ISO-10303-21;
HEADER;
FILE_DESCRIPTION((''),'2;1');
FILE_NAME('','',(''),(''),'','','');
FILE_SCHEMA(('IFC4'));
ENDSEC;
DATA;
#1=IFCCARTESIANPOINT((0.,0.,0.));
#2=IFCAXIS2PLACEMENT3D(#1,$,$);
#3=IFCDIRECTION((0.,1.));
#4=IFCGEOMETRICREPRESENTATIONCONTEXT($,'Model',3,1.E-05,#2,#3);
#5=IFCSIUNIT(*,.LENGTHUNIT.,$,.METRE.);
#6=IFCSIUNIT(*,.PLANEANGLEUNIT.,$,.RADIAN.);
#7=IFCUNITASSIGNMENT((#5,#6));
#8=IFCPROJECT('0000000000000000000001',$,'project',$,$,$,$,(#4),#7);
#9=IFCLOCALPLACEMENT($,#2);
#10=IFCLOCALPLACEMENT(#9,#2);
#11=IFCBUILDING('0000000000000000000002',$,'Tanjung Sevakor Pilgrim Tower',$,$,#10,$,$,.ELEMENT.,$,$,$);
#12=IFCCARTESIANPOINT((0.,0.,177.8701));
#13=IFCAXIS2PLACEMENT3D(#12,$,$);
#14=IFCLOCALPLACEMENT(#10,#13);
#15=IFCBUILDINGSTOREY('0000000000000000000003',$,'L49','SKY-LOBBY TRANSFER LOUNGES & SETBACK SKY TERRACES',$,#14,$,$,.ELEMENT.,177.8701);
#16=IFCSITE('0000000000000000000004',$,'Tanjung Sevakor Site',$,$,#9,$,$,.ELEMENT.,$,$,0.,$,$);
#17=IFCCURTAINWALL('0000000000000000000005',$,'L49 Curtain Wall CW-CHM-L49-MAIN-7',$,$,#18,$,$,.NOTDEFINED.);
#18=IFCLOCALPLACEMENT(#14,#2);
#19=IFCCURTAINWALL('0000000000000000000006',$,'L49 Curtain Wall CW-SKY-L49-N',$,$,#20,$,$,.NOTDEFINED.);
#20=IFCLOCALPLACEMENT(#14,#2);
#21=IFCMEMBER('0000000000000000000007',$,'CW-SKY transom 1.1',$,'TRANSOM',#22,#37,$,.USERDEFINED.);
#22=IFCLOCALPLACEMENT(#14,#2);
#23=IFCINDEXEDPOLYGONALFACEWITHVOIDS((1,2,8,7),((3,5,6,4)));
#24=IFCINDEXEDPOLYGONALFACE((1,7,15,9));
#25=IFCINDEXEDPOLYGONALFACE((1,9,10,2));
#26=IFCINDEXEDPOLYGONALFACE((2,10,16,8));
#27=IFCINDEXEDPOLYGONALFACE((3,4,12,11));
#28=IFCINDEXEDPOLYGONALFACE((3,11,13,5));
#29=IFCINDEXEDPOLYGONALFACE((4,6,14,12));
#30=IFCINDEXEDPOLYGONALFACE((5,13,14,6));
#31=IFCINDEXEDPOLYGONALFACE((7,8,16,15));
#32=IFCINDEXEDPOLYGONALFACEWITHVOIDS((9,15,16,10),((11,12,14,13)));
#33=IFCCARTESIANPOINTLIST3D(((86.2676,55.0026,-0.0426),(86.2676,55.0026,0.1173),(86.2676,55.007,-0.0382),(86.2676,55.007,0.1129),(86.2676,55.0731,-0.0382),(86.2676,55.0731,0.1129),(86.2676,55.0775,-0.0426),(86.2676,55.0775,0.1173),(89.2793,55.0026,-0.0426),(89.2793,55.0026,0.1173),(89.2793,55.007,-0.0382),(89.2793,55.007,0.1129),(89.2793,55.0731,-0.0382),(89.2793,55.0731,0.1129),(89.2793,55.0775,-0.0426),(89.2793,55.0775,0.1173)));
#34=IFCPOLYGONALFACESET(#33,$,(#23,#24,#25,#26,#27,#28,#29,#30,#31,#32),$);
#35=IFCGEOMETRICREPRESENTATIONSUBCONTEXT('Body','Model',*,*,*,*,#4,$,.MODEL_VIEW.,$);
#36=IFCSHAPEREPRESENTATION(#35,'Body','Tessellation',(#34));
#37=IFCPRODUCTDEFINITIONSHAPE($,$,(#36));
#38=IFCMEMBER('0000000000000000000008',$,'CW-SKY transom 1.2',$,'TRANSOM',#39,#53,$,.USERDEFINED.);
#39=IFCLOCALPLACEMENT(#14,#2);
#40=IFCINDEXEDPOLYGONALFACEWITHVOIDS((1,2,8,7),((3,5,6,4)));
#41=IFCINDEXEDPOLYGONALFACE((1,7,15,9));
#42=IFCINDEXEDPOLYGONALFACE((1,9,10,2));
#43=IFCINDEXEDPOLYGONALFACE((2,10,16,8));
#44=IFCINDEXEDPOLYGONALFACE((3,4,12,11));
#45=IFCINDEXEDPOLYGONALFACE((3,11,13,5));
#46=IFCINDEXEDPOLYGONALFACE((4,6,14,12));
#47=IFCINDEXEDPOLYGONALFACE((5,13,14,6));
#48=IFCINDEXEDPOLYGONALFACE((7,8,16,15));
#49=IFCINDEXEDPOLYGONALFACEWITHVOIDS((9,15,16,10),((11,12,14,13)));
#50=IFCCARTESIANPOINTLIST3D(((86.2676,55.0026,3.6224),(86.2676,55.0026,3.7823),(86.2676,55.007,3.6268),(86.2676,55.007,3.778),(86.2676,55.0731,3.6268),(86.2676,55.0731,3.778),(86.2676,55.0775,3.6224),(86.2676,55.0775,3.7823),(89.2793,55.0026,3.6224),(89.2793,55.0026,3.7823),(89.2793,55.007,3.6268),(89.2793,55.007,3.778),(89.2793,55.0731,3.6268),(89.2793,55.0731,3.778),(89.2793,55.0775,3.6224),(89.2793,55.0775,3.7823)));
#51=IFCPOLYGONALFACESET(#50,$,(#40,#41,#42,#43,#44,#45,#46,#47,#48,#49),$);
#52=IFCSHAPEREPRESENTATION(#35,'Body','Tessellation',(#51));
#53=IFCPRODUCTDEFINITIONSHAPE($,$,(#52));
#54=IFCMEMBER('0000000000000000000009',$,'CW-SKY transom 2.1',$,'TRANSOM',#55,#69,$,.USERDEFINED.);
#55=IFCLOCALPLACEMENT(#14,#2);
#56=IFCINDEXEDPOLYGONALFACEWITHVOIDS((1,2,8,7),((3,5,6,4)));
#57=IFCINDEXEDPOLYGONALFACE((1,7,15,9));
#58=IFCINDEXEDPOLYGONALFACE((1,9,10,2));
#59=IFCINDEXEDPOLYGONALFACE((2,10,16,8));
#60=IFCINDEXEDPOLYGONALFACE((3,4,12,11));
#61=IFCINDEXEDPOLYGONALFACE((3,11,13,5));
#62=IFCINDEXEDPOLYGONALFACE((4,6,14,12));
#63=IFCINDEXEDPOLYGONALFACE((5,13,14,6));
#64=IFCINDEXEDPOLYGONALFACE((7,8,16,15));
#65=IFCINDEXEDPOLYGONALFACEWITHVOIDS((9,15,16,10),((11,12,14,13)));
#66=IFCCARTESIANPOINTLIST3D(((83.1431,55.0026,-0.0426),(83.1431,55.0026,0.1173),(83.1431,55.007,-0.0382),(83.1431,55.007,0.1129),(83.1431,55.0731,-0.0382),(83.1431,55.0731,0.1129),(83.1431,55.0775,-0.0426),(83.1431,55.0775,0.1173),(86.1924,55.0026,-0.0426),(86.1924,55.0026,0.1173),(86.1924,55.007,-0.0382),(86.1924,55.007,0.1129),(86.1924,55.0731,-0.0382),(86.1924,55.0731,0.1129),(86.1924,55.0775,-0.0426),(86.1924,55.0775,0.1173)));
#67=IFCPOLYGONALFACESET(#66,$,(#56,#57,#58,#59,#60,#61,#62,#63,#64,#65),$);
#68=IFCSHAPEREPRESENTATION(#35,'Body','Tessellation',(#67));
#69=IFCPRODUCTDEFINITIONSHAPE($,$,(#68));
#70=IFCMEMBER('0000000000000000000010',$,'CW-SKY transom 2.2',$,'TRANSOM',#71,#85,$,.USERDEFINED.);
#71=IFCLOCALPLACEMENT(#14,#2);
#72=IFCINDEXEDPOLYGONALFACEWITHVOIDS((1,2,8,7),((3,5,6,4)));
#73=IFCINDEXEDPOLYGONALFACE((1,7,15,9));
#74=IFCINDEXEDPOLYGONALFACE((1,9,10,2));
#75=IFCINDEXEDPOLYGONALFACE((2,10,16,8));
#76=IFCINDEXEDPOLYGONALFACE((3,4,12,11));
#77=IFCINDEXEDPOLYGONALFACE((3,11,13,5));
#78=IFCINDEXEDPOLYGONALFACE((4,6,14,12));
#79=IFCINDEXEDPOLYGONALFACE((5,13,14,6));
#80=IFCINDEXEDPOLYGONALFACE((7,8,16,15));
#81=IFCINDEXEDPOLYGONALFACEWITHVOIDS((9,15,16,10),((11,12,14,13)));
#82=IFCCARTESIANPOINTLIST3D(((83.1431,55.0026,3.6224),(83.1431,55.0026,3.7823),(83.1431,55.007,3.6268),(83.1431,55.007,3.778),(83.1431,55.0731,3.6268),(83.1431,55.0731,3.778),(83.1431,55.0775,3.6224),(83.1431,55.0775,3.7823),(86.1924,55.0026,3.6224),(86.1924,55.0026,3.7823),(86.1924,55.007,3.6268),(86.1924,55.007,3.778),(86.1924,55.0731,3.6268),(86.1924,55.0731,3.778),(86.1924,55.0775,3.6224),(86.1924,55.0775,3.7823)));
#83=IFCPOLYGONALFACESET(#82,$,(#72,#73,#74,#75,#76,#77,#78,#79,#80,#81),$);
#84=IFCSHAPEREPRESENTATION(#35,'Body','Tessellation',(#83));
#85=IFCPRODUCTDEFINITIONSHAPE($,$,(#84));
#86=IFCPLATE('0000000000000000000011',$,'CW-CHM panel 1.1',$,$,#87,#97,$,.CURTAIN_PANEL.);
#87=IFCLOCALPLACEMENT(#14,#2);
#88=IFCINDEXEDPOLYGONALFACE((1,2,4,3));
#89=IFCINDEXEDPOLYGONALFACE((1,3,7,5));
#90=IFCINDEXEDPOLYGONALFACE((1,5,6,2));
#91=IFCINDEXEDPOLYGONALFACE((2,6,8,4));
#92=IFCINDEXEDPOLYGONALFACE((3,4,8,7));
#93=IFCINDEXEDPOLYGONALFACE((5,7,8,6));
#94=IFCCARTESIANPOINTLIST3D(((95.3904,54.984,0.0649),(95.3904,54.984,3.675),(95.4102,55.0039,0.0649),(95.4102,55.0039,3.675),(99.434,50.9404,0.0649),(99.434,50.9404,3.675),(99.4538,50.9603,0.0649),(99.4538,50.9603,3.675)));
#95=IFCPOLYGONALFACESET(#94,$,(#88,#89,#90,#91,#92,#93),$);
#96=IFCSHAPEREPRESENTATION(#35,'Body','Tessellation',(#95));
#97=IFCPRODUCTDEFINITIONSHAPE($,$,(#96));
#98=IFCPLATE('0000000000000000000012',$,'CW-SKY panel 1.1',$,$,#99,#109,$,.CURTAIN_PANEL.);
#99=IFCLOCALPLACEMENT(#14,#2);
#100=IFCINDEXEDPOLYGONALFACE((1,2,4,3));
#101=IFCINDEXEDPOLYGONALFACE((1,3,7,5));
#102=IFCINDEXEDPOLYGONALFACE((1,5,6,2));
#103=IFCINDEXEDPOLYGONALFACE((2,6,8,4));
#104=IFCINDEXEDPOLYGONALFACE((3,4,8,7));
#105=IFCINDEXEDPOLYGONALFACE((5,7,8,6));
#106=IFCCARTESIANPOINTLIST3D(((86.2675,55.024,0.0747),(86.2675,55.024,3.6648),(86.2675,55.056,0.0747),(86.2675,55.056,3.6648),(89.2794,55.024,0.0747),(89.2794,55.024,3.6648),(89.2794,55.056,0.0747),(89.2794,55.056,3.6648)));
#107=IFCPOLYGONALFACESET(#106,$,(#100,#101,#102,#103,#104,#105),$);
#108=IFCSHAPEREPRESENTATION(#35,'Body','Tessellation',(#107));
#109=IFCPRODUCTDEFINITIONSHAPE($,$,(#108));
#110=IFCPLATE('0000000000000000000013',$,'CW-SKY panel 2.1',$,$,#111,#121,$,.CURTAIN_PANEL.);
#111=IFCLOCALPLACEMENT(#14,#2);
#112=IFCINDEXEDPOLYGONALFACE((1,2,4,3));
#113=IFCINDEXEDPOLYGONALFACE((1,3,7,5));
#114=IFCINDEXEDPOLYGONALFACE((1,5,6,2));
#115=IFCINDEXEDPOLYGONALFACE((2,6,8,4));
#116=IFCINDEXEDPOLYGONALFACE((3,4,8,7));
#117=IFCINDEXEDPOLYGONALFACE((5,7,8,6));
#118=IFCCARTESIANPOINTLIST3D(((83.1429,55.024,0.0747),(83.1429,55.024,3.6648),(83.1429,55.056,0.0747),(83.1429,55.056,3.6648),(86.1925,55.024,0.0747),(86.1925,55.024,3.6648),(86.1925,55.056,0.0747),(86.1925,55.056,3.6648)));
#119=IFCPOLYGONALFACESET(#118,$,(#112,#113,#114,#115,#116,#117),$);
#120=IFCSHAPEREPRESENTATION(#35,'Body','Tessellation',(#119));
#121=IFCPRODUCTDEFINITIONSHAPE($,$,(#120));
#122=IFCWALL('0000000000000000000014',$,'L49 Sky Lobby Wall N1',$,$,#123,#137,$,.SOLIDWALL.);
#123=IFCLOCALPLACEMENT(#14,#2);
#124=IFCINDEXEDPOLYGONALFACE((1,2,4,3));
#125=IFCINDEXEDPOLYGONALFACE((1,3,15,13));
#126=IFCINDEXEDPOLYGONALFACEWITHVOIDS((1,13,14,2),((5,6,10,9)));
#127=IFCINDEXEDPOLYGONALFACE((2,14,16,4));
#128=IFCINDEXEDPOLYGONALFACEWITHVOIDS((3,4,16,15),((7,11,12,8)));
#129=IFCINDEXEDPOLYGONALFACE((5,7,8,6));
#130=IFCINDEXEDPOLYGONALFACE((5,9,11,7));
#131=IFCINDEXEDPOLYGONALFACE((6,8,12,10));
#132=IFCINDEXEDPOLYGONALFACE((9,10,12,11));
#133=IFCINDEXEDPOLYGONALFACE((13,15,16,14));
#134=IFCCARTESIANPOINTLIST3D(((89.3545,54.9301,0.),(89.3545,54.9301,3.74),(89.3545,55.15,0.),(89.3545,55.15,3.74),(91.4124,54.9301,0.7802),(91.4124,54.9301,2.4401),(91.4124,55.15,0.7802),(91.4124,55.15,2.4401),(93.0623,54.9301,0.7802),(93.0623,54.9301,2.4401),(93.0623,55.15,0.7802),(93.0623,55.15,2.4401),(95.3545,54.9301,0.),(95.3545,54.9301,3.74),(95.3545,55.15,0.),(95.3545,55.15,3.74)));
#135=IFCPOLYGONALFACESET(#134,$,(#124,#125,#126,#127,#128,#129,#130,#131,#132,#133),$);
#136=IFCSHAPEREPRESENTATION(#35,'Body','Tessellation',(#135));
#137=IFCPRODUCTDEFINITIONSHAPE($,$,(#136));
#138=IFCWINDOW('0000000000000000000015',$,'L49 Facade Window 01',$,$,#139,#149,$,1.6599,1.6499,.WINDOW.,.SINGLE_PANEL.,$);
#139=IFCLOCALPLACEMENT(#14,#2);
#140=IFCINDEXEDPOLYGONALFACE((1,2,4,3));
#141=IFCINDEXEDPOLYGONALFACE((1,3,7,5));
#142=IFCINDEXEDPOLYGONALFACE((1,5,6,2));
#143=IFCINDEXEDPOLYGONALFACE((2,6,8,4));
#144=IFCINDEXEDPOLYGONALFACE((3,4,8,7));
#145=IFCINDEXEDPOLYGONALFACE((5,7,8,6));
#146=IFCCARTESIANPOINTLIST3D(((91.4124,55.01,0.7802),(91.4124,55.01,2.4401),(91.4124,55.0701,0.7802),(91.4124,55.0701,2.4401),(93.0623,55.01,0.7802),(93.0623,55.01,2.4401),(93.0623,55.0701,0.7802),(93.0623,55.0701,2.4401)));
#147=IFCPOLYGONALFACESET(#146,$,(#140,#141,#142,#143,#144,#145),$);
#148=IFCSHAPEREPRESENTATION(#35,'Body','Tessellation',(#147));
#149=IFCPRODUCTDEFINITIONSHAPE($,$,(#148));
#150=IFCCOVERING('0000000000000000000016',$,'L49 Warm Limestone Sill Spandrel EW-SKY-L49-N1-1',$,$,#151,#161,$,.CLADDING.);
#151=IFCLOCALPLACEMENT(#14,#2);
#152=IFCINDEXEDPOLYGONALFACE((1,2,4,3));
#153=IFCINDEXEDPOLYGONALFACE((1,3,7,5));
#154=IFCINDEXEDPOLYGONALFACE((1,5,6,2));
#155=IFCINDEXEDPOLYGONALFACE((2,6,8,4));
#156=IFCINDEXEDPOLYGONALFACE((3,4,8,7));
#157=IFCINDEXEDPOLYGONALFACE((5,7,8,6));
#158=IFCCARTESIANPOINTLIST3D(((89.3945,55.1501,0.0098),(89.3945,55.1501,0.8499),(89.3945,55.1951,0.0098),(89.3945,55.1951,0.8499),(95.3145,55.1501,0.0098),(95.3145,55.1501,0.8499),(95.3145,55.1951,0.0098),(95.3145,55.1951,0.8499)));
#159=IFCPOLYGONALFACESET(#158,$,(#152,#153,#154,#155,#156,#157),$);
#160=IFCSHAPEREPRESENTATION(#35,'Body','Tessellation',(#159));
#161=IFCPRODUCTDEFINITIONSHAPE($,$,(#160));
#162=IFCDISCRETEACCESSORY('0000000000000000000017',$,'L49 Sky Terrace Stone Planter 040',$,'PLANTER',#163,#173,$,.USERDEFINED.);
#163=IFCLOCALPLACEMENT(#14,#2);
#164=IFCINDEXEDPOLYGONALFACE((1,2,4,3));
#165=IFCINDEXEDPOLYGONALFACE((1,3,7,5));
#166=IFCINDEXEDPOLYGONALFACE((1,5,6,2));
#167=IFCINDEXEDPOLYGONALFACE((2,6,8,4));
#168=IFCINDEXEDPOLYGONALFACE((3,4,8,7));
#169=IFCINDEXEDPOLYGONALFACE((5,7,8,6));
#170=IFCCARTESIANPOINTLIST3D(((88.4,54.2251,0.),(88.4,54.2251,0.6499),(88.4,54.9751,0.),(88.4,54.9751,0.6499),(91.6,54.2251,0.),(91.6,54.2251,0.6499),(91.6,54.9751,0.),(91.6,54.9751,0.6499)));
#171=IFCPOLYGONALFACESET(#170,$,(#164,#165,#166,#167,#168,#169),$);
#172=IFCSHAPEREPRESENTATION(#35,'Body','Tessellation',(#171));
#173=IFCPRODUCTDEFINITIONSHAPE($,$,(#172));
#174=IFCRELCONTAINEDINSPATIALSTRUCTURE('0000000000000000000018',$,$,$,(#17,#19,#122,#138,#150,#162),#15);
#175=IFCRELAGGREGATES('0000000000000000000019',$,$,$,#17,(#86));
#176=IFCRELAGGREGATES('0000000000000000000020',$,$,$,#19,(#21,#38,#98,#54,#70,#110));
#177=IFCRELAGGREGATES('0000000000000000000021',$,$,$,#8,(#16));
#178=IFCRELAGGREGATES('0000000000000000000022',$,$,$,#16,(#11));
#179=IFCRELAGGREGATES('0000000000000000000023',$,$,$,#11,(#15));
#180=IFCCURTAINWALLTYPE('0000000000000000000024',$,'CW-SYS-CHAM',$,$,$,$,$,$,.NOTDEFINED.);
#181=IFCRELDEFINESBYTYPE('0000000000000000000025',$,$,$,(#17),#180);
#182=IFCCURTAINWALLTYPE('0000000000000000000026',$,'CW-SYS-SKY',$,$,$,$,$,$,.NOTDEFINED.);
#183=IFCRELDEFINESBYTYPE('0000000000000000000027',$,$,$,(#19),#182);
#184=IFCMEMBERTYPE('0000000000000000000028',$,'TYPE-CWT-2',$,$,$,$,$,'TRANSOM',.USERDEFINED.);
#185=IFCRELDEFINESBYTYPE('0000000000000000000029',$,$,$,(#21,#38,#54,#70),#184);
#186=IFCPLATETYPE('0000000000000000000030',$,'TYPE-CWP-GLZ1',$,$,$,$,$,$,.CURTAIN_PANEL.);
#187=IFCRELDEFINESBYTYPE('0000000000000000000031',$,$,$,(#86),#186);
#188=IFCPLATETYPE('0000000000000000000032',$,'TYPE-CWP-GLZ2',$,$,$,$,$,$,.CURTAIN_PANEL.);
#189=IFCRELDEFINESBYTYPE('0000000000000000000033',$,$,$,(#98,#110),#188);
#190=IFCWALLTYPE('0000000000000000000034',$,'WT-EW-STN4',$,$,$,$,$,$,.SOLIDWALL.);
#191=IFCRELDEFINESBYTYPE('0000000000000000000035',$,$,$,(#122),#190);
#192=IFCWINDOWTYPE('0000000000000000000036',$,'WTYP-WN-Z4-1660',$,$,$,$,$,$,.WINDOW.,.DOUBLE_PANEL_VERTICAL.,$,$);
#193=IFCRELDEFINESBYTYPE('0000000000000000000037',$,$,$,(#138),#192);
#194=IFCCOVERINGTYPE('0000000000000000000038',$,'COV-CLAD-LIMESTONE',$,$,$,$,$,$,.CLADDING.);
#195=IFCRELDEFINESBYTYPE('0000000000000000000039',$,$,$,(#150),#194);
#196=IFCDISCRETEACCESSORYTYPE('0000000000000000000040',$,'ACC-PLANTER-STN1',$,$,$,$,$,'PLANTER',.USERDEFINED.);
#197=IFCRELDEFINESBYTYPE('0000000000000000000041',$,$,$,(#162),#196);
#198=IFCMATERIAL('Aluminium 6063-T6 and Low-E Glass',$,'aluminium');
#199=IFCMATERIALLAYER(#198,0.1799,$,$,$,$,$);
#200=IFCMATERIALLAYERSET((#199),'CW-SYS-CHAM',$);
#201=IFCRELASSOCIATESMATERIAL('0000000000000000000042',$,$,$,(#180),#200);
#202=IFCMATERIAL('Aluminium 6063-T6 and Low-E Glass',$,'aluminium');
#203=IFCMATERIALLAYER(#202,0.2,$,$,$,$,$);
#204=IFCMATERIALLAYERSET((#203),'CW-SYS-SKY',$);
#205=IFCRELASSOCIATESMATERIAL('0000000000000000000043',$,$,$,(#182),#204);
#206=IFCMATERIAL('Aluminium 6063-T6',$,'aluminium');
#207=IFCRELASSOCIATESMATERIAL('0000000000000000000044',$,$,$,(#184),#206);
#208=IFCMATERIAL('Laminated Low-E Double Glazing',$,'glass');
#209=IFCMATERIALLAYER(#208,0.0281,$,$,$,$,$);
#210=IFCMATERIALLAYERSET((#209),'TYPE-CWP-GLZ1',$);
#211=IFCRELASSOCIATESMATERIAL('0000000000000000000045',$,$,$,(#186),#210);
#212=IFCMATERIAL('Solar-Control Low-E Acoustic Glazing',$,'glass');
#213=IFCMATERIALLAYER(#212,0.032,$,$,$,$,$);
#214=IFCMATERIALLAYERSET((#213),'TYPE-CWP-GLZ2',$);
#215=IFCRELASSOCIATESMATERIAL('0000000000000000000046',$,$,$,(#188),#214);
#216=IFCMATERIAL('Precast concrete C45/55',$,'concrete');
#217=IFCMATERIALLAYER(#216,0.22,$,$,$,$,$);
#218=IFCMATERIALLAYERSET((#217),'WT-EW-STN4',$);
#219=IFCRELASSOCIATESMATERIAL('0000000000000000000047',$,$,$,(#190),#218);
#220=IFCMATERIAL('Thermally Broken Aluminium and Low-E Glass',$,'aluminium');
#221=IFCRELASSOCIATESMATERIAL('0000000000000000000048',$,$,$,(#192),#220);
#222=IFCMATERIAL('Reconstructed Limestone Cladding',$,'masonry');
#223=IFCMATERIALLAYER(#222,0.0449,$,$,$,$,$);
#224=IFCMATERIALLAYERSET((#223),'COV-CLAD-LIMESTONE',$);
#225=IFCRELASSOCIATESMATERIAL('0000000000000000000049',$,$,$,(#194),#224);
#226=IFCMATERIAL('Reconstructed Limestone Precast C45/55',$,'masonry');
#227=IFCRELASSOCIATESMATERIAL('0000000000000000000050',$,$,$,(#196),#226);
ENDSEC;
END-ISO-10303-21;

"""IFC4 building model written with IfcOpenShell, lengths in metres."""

from ifc_helpers import new_model, si_unit, direction, frame, frame_2d, origin, origin_2d, place, context, subcontext, project, spatial, rectangle, hollow_rectangle, extrude, material, layer, layer_set, material_profile, profile_set, type_object, element, fill, aggregate, save


model = new_model("IFC4")

# Units and contexts
model_context = context("Model", 3, precision=1e-05, world=origin(), true_north=direction((0.0, 1.0)))
body_context = subcontext(model_context, "Body", "Model", "MODEL_VIEW")
ifc_project = project(units=[si_unit("LENGTHUNIT", "METRE"), si_unit("PLANEANGLEUNIT", "RADIAN")], contexts=[model_context])

# Site, building, storey
site_placement = place(None, origin())
site = spatial("IfcSite", under=ifc_project, at=site_placement, Name="Tanjung Sevakor Site", CompositionType="ELEMENT", RefElevation=0.0)
building_placement = place(site_placement, origin())
building = spatial("IfcBuilding", under=site, at=building_placement, Name="Tanjung Sevakor Pilgrim Tower", CompositionType="ELEMENT")
storey_placement = place(building_placement, frame((0.0, 0.0, 177.8701)))
storey = spatial("IfcBuildingStorey", under=building, at=storey_placement, Name="L49", Description="SKY-LOBBY TRANSFER LOUNGES & SETBACK SKY TERRACES", CompositionType="ELEMENT", Elevation=177.8701)

# Curtain walls
ifc_material_1 = material(Name="Aluminium 6063-T6 and Low-E Glass", Category="aluminium")
ifc_layer_1 = layer(ifc_material_1, 0.1799)
ifc_layer_set_1 = layer_set([ifc_layer_1], Name="CW-SYS-CHAM")
curtain_wall_type_1 = type_object("IfcCurtainWallType", Name="CW-SYS-CHAM", PredefinedType="NOTDEFINED", material=ifc_layer_set_1)
curtain_wall_1_placement = place(storey_placement, origin())
curtain_wall_1 = element("IfcCurtainWall", 1, at=curtain_wall_1_placement, inside=storey, type_object=curtain_wall_type_1, Name="L49 Curtain Wall CW-CHM-L49-MAIN-7", PredefinedType="NOTDEFINED")
ifc_material_2 = material(Name="Aluminium 6063-T6 and Low-E Glass", Category="aluminium")
ifc_layer_2 = layer(ifc_material_2, 0.2)
ifc_layer_set_2 = layer_set([ifc_layer_2], Name="CW-SYS-SKY")
curtain_wall_type_2 = type_object("IfcCurtainWallType", Name="CW-SYS-SKY", PredefinedType="NOTDEFINED", material=ifc_layer_set_2)
curtain_wall_2_placement = place(storey_placement, origin())
curtain_wall_2 = element("IfcCurtainWall", 2, at=curtain_wall_2_placement, inside=storey, type_object=curtain_wall_type_2, Name="L49 Curtain Wall CW-SKY-L49-N", PredefinedType="NOTDEFINED")

# Members
ifc_material_3 = material(Name="Aluminium 6063-T6", Category="aluminium")
ifc_material_profile_1 = material_profile(ifc_material_3, hollow_rectangle(XDim=0.075, YDim=0.1599, WallThickness=0.0044, at=origin_2d()))
ifc_profile_set_1 = profile_set([ifc_material_profile_1], Name="Aluminium 6063-T6")
member_type_1 = type_object("IfcMemberType", Name="TYPE-CWT-2", ElementType="TRANSOM", PredefinedType="USERDEFINED", material=ifc_profile_set_1)
member_1_placement = place(storey_placement, frame((89.2793, 55.04, 0.0374), z_axis=(-1.0, 0.0, 0.0), x_axis=(0.0, -1.0, 0.0)))
member_1 = element("IfcMember", 3, at=member_1_placement, type_object=member_type_1, Name="CW-SKY transom 1.1", ObjectType="TRANSOM", PredefinedType="USERDEFINED", context=body_context, shape_type="SweptSolid", body=[
    extrude(hollow_rectangle(XDim=0.075, YDim=0.1599, WallThickness=0.0044, at=origin_2d()), origin(), (0.0, 0.0, 1.0), 3.0117),
])
member_2_placement = place(storey_placement, frame((89.2793, 55.04, 3.7024), z_axis=(-1.0, 0.0, 0.0), x_axis=(0.0, -1.0, 0.0)))
member_2 = element("IfcMember", 4, at=member_2_placement, type_object=member_type_1, Name="CW-SKY transom 1.2", ObjectType="TRANSOM", PredefinedType="USERDEFINED", context=body_context, shape_type="SweptSolid", body=[
    extrude(hollow_rectangle(XDim=0.075, YDim=0.1599, WallThickness=0.0044, at=origin_2d()), origin(), (0.0, 0.0, 1.0), 3.0117),
])
member_3_placement = place(storey_placement, frame((86.1924, 55.04, 0.0374), z_axis=(-1.0, 0.0, 0.0), x_axis=(0.0, -1.0, 0.0)))
member_3 = element("IfcMember", 5, at=member_3_placement, type_object=member_type_1, Name="CW-SKY transom 2.1", ObjectType="TRANSOM", PredefinedType="USERDEFINED", context=body_context, shape_type="SweptSolid", body=[
    extrude(hollow_rectangle(XDim=0.075, YDim=0.1599, WallThickness=0.0044, at=origin_2d()), origin(), (0.0, 0.0, 1.0), 3.0493),
])
member_4_placement = place(storey_placement, frame((86.1924, 55.04, 3.7024), z_axis=(-1.0, 0.0, 0.0), x_axis=(0.0, -1.0, 0.0)))
member_4 = element("IfcMember", 6, at=member_4_placement, type_object=member_type_1, Name="CW-SKY transom 2.2", ObjectType="TRANSOM", PredefinedType="USERDEFINED", context=body_context, shape_type="SweptSolid", body=[
    extrude(hollow_rectangle(XDim=0.075, YDim=0.1599, WallThickness=0.0044, at=origin_2d()), origin(), (0.0, 0.0, 1.0), 3.0493),
])

# Plates
ifc_material_4 = material(Name="Laminated Low-E Double Glazing", Category="glass")
ifc_layer_3 = layer(ifc_material_4, 0.0281)
ifc_layer_set_3 = layer_set([ifc_layer_3], Name="TYPE-CWP-GLZ1")
plate_type_1 = type_object("IfcPlateType", Name="TYPE-CWP-GLZ1", PredefinedType="CURTAIN_PANEL", material=ifc_layer_set_3)
plate_1_placement = place(storey_placement, frame((97.4221, 52.9722, 0.0649), z_axis=(0.0, 0.0, 1.0), x_axis=(-0.707107, 0.707107, 0.0)))
plate_1 = element("IfcPlate", 7, at=plate_1_placement, type_object=plate_type_1, Name="CW-CHM panel 1.1", PredefinedType="CURTAIN_PANEL", context=body_context, shape_type="SweptSolid", body=[
    extrude(rectangle(XDim=5.7185, YDim=0.0281, at=origin_2d()), origin(), (0.0, 0.0, 1.0), 3.6101),
])
aggregate(curtain_wall_1, [plate_1])
ifc_material_5 = material(Name="Solar-Control Low-E Acoustic Glazing", Category="glass")
ifc_layer_4 = layer(ifc_material_5, 0.032)
ifc_layer_set_4 = layer_set([ifc_layer_4], Name="TYPE-CWP-GLZ2")
plate_type_2 = type_object("IfcPlateType", Name="TYPE-CWP-GLZ2", PredefinedType="CURTAIN_PANEL", material=ifc_layer_set_4)
plate_2_placement = place(storey_placement, frame((87.7734, 55.04, 0.0747), z_axis=(0.0, 0.0, 1.0), x_axis=(-1.0, 0.0, 0.0)))
plate_2 = element("IfcPlate", 8, at=plate_2_placement, type_object=plate_type_2, Name="CW-SKY panel 1.1", PredefinedType="CURTAIN_PANEL", context=body_context, shape_type="SweptSolid", body=[
    extrude(rectangle(XDim=3.012, YDim=0.032, at=origin_2d()), origin(), (0.0, 0.0, 1.0), 3.5901),
])
plate_3_placement = place(storey_placement, frame((84.6677, 55.04, 0.0747), z_axis=(0.0, 0.0, 1.0), x_axis=(-1.0, 0.0, 0.0)))
plate_3 = element("IfcPlate", 9, at=plate_3_placement, type_object=plate_type_2, Name="CW-SKY panel 2.1", PredefinedType="CURTAIN_PANEL", context=body_context, shape_type="SweptSolid", body=[
    extrude(rectangle(XDim=3.0496, YDim=0.032, at=origin_2d()), origin(), (0.0, 0.0, 1.0), 3.5901),
])
aggregate(curtain_wall_2, [member_1, member_2, plate_2, member_3, member_4, plate_3])

# Wall, opening, window
ifc_material_6 = material(Name="Precast concrete C45/55", Category="concrete")
ifc_layer_5 = layer(ifc_material_6, 0.22)
ifc_layer_set_5 = layer_set([ifc_layer_5], Name="WT-EW-STN4")
wall_type = type_object("IfcWallType", Name="WT-EW-STN4", PredefinedType="SOLIDWALL", material=ifc_layer_set_5)
wall_placement = place(storey_placement, frame((95.3545, 55.04, 0.0), z_axis=(0.0, 0.0, 1.0), x_axis=(-1.0, 0.0, 0.0)))
wall = element("IfcWall", 10, at=wall_placement, inside=storey, type_object=wall_type, Name="L49 Sky Lobby Wall N1", PredefinedType="SOLIDWALL", context=body_context, shape_type="SweptSolid", body=[
    extrude(rectangle(XDim=6.0, YDim=0.22, at=frame_2d((3.0, 0.0))), origin(), (0.0, 0.0, 1.0), 3.74),
])
opening_placement = place(wall_placement, frame((2.2922, 0.0, 0.78)))
opening = element("IfcOpeningElement", 11, at=opening_placement, cuts=wall, PredefinedType="OPENING", context=body_context, shape_type="SweptSolid", body=[
    extrude(rectangle(XDim=1.6499, YDim=1.6599, at=frame_2d((0.825, 0.8301))), frame((0.0, 0.1199, 0.0), z_axis=(0.0, -1.0, 0.0), x_axis=(1.0, 0.0, 0.0)), (0.0, 0.0, 1.0), 0.24),
])
ifc_material_7 = material(Name="Thermally Broken Aluminium and Low-E Glass", Category="aluminium")
window_type = type_object("IfcWindowType", Name="WTYP-WN-Z4-1660", PartitioningType="DOUBLE_PANEL_VERTICAL", PredefinedType="WINDOW", material=ifc_material_7)
window_placement = place(opening_placement, origin())
window = element("IfcWindow", 12, at=window_placement, inside=storey, type_object=window_type, Name="L49 Facade Window 01", OverallHeight=1.6599, OverallWidth=1.6499, PartitioningType="SINGLE_PANEL", PredefinedType="WINDOW", context=body_context, shape_type="SweptSolid", body=[
    extrude(rectangle(XDim=1.6499, YDim=1.6599, at=frame_2d((0.825, 0.8301))), frame((0.0, 0.03, 0.0), z_axis=(0.0, -1.0, 0.0), x_axis=(1.0, 0.0, 0.0)), (0.0, 0.0, 1.0), 0.0601),
])
fill(opening, window)

# Covering
ifc_material_8 = material(Name="Reconstructed Limestone Cladding", Category="masonry")
ifc_layer_6 = layer(ifc_material_8, 0.0449)
ifc_layer_set_6 = layer_set([ifc_layer_6], Name="COV-CLAD-LIMESTONE")
covering_type = type_object("IfcCoveringType", Name="COV-CLAD-LIMESTONE", PredefinedType="CLADDING", material=ifc_layer_set_6)
covering_placement = place(storey_placement, frame((92.3545, 55.1726, 0.0098), z_axis=(0.0, 0.0, 1.0), x_axis=(-1.0, 0.0, 0.0)))
element("IfcCovering", 13, at=covering_placement, inside=storey, type_object=covering_type, Name="L49 Warm Limestone Sill Spandrel EW-SKY-L49-N1-1", PredefinedType="CLADDING", context=body_context, shape_type="SweptSolid", body=[
    extrude(rectangle(XDim=5.9199, YDim=0.0449, at=origin_2d()), origin(), (0.0, 0.0, 1.0), 0.8401),
])

# Discrete accessory
ifc_material_9 = material(Name="Reconstructed Limestone Precast C45/55", Category="masonry")
discrete_accessory_type = type_object("IfcDiscreteAccessoryType", Name="ACC-PLANTER-STN1", ElementType="PLANTER", PredefinedType="USERDEFINED", material=ifc_material_9)
discrete_accessory_placement = place(storey_placement, frame((90.0, 54.6001, 0.0), z_axis=(0.0, 0.0, 1.0), x_axis=(1.0, 0.0, 0.0)))
element("IfcDiscreteAccessory", 14, at=discrete_accessory_placement, inside=storey, type_object=discrete_accessory_type, Name="L49 Sky Terrace Stone Planter 040", ObjectType="PLANTER", PredefinedType="USERDEFINED", context=body_context, shape_type="SweptSolid", body=[
    extrude(rectangle(XDim=3.2, YDim=0.75, at=origin_2d()), origin(), (0.0, 0.0, 1.0), 0.6499),
])

save(model, "model.ifc")
